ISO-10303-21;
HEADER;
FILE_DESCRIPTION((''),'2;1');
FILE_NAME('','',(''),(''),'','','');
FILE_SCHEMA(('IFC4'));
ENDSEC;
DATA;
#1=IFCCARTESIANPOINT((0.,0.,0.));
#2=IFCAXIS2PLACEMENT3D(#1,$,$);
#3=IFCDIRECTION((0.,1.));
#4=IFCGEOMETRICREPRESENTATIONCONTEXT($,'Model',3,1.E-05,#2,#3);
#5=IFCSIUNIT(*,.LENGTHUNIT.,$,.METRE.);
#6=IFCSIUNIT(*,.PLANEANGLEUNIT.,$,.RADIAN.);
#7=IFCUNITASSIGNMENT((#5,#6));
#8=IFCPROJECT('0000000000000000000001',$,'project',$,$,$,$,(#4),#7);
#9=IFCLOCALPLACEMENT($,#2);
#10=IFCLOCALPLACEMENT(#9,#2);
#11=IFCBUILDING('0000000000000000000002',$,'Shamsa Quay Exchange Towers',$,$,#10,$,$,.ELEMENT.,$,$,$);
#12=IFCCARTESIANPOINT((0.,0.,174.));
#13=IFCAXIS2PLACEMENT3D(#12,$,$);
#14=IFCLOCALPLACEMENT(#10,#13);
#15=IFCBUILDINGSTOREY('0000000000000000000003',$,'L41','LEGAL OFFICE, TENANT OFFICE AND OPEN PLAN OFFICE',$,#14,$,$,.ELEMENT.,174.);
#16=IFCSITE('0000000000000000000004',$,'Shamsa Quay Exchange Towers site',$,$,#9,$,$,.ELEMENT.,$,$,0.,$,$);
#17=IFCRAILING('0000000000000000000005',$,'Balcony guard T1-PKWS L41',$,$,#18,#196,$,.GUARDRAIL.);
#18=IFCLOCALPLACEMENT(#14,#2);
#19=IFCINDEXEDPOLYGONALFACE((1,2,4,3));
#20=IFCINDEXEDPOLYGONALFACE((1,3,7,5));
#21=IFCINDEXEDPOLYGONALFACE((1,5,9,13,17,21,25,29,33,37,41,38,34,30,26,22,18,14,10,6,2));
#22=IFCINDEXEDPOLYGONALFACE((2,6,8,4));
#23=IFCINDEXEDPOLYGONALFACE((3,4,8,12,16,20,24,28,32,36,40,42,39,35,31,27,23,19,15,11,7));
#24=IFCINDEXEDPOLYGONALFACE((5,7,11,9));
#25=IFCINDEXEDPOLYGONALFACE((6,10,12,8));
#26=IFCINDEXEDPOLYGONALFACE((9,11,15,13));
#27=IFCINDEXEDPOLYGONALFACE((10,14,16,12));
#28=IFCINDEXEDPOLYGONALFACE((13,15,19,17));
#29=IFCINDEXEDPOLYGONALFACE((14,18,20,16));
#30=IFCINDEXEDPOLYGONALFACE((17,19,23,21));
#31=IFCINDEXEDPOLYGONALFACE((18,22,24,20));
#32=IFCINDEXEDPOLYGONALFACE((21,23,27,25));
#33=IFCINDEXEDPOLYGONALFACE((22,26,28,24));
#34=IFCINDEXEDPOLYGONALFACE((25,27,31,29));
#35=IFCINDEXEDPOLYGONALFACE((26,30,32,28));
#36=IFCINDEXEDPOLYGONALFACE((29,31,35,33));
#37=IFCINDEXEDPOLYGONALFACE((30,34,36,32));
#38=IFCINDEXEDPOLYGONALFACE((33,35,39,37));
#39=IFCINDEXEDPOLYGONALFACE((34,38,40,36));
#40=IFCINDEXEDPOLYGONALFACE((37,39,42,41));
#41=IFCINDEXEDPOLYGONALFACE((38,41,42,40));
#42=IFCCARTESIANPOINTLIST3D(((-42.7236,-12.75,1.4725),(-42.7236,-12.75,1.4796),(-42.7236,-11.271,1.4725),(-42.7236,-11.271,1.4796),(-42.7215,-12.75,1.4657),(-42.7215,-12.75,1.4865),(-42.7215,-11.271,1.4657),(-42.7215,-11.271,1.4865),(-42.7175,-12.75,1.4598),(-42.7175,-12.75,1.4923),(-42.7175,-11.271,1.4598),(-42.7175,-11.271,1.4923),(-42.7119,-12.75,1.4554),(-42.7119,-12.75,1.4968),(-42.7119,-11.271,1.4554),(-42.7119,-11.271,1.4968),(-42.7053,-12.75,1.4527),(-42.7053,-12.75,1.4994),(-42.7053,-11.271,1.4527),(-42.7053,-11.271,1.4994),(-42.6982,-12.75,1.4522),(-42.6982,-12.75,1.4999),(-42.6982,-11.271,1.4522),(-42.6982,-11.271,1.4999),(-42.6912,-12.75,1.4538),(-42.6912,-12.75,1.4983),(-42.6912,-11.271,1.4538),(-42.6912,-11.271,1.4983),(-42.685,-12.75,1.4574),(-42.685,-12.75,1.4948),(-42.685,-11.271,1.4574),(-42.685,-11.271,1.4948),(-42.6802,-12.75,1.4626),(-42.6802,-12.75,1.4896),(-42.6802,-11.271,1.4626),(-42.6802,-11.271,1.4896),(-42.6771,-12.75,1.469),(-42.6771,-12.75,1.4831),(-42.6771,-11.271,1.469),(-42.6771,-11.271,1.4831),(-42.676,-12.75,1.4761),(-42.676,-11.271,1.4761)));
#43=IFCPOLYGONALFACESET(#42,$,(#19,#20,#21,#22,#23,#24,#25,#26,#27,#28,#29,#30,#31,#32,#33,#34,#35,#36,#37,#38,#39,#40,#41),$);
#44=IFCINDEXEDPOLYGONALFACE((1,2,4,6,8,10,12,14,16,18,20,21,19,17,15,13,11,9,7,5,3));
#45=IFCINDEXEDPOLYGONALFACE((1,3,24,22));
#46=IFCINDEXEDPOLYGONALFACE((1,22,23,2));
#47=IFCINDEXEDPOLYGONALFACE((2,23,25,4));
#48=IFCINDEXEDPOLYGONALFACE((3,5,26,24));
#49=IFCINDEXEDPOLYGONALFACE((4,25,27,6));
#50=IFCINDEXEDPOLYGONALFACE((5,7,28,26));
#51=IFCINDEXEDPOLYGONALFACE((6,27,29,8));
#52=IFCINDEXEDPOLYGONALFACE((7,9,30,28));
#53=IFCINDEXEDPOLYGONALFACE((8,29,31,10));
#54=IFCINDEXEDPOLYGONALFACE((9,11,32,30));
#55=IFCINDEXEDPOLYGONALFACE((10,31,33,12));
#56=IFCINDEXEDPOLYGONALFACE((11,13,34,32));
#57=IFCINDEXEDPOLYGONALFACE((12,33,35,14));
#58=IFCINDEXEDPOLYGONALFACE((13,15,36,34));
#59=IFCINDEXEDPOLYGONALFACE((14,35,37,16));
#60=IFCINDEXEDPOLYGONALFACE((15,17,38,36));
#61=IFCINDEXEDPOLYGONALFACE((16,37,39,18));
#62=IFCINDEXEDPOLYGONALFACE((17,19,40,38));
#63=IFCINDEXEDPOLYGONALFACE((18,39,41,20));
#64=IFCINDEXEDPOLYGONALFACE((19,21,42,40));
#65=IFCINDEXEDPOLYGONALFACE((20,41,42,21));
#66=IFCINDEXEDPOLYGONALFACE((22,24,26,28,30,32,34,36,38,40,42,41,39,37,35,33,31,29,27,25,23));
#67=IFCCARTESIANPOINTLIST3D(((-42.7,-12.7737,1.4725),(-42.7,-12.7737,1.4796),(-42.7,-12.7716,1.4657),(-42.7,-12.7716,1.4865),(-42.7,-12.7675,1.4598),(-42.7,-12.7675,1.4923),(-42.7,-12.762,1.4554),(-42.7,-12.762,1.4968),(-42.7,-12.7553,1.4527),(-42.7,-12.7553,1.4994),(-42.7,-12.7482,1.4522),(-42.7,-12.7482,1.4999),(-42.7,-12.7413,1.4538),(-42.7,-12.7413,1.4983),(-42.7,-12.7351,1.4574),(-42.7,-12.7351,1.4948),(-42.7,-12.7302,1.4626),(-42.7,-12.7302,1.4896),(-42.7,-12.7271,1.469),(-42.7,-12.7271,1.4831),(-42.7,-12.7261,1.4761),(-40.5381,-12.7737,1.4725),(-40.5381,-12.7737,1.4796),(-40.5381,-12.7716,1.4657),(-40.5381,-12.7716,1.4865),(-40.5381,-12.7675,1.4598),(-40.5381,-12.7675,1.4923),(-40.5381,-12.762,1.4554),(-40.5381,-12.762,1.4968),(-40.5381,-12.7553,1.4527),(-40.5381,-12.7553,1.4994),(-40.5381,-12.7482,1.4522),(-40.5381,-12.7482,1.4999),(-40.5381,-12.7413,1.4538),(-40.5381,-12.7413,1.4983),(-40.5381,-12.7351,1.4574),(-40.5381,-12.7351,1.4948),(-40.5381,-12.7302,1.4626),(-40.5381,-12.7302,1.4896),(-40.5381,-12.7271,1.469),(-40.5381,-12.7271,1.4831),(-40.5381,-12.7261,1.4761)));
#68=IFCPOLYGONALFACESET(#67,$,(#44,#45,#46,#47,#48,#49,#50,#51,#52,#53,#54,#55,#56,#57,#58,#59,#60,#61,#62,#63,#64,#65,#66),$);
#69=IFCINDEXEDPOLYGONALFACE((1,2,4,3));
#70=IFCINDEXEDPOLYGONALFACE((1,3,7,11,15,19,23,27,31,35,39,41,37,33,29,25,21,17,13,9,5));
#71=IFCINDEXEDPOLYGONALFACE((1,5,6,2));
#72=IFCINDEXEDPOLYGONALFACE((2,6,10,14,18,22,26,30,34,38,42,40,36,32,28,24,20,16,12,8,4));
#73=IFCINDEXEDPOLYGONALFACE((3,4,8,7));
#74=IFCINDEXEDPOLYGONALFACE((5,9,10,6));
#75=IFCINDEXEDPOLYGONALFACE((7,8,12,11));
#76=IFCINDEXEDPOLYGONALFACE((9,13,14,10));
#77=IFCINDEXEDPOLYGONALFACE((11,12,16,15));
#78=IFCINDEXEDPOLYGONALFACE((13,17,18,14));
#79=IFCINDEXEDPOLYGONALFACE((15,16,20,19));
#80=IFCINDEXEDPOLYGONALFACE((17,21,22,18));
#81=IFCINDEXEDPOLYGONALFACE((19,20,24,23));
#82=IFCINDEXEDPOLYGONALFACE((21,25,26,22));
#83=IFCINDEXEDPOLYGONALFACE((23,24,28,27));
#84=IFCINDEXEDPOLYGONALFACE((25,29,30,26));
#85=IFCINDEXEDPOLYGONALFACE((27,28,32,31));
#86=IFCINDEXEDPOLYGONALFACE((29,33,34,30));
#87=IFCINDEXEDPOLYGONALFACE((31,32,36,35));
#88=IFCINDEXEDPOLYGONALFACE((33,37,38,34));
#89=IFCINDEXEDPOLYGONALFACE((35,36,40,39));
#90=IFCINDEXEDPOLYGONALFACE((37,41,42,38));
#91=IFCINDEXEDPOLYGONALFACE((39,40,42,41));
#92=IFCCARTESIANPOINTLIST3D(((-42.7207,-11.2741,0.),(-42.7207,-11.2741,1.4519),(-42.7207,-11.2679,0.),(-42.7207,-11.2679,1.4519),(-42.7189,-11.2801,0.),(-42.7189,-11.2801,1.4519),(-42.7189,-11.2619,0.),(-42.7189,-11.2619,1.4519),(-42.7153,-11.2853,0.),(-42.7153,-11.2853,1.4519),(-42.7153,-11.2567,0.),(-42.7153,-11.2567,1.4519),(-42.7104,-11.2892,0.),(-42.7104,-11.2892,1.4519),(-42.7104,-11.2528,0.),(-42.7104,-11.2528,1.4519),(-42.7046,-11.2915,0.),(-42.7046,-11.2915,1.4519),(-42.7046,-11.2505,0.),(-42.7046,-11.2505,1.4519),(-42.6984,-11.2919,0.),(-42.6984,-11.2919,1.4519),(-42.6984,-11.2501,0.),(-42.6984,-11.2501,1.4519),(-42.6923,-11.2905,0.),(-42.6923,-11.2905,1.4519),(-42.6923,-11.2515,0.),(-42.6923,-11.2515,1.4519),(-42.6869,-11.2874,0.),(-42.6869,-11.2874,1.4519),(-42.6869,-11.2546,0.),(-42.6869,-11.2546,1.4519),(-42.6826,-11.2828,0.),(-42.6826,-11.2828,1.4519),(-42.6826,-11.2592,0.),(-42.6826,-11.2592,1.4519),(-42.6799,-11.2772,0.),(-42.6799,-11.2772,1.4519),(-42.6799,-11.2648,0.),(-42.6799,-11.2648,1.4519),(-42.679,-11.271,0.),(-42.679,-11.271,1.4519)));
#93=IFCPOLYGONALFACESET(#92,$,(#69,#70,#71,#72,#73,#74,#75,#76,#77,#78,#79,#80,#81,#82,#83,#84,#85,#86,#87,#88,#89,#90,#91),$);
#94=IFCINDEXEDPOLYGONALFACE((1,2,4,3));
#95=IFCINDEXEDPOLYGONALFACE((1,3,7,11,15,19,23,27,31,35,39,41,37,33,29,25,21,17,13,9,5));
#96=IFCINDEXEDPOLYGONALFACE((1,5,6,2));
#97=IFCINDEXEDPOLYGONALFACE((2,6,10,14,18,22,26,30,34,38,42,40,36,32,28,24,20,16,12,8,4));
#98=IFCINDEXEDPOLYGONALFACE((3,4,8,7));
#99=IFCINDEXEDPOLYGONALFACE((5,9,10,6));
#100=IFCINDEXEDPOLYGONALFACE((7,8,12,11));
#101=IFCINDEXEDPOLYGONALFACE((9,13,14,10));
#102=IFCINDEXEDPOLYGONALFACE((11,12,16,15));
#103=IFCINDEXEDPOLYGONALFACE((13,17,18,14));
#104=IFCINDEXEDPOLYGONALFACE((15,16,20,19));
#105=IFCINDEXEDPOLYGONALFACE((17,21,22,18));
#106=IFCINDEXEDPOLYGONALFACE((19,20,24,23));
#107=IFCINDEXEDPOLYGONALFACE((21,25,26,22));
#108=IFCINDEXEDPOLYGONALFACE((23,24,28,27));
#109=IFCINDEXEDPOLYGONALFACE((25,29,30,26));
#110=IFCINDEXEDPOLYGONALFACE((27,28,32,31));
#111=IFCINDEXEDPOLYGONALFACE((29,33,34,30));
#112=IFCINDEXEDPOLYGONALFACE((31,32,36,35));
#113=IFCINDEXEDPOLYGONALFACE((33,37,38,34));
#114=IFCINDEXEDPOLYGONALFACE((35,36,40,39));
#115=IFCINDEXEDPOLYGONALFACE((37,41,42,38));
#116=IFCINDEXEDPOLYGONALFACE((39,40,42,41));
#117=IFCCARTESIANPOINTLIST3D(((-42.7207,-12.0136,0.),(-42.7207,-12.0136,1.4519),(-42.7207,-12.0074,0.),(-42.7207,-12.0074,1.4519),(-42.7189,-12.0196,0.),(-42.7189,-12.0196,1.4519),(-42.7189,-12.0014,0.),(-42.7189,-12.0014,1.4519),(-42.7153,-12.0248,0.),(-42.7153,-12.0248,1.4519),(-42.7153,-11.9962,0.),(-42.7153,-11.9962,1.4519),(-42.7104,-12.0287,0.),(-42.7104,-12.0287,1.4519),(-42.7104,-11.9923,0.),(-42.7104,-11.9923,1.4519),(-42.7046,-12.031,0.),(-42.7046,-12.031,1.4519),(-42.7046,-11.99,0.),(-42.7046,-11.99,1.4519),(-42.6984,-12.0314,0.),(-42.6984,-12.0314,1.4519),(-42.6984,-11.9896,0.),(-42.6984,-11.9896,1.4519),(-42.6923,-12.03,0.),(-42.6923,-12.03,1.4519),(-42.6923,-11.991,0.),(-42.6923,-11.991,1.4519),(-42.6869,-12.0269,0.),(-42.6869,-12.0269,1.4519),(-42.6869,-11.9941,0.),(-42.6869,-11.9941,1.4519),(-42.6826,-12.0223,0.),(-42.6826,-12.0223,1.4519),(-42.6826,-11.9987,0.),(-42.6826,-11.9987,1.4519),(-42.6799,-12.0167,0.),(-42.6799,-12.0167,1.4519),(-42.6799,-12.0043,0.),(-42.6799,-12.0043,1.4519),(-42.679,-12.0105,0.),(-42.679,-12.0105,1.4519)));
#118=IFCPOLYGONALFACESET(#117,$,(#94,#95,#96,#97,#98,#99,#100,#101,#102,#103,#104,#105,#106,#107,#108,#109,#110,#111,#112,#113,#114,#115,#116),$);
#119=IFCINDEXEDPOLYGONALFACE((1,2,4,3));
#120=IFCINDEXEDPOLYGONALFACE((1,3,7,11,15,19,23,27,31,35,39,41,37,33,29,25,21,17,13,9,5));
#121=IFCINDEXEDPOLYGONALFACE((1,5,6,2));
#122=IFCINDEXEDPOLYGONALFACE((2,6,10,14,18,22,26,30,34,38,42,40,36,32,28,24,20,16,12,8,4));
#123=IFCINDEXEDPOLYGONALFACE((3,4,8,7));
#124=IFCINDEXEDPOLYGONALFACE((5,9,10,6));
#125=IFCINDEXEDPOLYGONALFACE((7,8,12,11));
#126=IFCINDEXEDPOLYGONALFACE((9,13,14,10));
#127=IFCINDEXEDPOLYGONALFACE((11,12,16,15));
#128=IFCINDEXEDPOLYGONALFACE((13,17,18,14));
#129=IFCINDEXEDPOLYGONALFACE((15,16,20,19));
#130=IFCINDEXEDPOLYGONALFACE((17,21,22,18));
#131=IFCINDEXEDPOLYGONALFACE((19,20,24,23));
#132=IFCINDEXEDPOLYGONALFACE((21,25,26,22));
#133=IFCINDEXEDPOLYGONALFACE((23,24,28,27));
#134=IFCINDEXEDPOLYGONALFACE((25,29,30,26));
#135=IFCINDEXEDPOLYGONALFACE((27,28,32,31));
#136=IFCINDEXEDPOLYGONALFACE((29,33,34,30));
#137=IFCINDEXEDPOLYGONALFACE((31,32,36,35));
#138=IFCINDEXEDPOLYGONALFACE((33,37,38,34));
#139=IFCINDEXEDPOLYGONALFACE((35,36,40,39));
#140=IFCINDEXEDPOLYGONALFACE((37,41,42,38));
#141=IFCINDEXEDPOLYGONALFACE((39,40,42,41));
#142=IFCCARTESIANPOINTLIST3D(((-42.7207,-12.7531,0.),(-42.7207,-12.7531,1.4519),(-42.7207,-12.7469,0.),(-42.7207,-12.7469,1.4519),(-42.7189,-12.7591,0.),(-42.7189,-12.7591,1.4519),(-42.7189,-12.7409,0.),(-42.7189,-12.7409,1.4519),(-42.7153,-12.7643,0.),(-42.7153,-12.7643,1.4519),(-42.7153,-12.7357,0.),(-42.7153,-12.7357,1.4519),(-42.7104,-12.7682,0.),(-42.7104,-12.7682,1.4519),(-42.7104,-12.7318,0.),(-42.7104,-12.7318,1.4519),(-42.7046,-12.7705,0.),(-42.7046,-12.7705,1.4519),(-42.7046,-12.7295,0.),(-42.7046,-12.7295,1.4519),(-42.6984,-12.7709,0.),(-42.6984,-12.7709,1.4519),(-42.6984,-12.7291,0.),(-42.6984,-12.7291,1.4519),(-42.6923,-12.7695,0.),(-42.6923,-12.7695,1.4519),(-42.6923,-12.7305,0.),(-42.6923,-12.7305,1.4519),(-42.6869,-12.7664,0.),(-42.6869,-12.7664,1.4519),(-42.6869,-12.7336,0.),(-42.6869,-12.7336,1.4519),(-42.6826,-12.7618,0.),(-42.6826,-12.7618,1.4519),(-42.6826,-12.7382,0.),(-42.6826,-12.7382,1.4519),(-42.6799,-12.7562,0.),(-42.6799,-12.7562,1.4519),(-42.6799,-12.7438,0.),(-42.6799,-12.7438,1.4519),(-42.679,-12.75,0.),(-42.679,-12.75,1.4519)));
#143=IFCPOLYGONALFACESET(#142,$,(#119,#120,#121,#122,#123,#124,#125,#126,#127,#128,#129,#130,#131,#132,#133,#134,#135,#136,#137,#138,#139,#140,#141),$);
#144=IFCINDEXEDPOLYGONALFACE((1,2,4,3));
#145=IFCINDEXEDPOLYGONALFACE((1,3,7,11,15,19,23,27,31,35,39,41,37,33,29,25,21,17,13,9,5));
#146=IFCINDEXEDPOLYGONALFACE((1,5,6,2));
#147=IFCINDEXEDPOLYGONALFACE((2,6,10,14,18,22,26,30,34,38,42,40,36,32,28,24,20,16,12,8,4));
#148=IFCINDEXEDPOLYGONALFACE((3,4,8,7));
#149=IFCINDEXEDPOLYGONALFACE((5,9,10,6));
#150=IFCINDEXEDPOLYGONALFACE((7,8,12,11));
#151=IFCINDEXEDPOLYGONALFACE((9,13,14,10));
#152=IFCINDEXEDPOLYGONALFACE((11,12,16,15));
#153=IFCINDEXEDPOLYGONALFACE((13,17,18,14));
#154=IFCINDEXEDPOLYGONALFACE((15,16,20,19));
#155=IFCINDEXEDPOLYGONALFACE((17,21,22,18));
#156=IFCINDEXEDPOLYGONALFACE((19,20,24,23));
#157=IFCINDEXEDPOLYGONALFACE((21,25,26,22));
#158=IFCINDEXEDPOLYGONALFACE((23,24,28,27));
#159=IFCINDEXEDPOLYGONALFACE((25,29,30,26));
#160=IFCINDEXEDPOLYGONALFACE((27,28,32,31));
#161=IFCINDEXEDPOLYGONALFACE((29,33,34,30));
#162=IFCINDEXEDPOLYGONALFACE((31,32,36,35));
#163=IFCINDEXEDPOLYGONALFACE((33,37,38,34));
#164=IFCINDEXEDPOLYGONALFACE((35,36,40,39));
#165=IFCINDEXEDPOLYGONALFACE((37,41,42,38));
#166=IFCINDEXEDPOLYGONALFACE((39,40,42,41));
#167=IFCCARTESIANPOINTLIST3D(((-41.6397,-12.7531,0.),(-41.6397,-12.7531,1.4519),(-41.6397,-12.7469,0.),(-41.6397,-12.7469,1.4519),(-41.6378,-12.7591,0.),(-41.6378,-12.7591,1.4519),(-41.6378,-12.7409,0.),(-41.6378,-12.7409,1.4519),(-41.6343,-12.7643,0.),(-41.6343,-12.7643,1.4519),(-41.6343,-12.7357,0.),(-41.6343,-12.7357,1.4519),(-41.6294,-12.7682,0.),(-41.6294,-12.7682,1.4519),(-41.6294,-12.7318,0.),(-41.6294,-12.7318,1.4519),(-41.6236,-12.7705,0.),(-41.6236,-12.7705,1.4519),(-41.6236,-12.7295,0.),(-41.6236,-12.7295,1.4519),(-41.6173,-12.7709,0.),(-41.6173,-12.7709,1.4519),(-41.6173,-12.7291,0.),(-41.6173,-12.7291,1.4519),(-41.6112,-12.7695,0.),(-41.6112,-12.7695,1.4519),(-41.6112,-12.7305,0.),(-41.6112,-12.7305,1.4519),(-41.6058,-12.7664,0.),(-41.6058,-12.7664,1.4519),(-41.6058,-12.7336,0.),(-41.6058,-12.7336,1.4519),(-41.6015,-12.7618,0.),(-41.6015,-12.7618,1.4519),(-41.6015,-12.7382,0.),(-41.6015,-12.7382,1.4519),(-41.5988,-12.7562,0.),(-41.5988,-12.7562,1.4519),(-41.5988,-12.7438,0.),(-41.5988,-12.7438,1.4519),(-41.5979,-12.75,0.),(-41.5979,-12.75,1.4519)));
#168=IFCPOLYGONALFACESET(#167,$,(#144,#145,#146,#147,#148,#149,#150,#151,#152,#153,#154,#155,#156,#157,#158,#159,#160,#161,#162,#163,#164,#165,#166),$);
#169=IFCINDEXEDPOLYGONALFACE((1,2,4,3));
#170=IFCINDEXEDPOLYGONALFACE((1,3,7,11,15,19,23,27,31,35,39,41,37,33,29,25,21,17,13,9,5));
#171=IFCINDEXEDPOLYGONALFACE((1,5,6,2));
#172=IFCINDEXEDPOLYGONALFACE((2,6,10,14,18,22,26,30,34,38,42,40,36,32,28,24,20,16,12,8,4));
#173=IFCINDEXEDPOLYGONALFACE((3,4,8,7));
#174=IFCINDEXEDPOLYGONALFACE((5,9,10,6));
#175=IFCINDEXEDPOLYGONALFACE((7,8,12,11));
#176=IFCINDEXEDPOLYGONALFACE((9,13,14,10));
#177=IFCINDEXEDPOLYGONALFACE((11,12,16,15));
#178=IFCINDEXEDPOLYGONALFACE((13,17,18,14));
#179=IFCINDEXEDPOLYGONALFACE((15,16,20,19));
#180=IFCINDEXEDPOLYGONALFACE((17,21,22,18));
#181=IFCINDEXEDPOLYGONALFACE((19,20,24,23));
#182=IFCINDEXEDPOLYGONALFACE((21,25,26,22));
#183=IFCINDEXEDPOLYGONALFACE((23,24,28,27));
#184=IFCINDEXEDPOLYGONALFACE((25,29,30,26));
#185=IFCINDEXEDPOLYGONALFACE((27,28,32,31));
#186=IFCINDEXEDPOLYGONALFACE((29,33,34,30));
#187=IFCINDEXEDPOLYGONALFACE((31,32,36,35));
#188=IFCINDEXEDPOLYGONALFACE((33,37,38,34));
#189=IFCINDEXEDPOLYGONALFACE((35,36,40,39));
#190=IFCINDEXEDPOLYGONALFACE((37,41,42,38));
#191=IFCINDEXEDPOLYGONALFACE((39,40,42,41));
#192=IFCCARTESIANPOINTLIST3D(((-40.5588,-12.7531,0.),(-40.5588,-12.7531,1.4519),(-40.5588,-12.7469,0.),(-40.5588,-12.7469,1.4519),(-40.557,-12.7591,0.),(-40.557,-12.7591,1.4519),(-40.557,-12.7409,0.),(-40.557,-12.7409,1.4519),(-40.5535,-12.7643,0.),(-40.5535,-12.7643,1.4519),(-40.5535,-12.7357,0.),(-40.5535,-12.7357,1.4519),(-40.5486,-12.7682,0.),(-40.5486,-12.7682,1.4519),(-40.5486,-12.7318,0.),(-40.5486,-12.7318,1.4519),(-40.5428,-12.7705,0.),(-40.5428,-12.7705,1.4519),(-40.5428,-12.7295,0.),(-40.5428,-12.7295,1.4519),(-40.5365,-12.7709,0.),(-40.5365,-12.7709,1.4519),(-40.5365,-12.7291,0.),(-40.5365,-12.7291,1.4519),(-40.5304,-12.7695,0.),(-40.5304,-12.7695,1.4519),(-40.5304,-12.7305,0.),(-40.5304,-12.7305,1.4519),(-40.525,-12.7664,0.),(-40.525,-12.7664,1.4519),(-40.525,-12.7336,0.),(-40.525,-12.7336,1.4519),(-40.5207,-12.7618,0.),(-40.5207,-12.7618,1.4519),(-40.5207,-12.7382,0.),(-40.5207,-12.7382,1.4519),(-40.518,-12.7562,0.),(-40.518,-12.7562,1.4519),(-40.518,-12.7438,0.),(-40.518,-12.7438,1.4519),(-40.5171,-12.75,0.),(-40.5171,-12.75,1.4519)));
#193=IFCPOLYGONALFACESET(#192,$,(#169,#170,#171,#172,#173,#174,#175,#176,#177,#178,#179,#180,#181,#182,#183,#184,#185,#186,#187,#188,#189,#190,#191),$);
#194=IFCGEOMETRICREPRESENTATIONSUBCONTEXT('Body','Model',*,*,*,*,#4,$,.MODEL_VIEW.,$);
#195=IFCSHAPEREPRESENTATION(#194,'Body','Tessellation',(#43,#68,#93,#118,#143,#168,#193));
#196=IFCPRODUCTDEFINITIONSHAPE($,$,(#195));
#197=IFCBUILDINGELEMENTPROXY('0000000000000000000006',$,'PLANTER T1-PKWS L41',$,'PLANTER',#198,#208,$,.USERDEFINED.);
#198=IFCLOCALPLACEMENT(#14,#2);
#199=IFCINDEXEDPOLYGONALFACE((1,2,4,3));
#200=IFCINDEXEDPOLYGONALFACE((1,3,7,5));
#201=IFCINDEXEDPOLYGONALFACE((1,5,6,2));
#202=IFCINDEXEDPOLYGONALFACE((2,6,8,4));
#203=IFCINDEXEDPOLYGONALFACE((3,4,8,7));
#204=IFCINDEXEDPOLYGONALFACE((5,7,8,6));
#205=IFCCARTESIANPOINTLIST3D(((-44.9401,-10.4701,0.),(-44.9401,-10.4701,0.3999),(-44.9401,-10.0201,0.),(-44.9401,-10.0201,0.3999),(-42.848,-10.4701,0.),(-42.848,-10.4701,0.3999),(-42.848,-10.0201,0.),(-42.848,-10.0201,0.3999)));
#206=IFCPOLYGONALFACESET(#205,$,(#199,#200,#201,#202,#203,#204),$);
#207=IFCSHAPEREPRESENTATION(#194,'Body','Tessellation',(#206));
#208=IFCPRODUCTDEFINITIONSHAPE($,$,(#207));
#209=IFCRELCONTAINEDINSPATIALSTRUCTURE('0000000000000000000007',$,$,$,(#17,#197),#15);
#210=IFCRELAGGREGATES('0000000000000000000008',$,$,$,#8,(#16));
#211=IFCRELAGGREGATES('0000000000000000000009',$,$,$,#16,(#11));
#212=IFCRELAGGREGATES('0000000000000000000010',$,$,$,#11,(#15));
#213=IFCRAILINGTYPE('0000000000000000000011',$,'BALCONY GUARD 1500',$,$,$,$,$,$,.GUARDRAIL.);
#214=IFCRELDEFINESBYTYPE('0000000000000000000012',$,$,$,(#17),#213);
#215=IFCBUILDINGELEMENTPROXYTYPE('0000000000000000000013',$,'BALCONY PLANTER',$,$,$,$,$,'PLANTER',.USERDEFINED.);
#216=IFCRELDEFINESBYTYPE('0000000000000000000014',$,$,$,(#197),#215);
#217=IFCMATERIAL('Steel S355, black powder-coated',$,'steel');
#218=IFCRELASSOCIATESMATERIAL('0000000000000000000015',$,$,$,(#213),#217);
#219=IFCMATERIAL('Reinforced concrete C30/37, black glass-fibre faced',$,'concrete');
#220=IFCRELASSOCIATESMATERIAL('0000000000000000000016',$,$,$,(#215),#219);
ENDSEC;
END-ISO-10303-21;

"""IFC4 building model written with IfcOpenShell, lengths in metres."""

from ifc_helpers import new_model, si_unit, direction, frame, origin, origin_2d, place, context, subcontext, project, spatial, rectangle, circle, extrude, material, type_object, element, save


model = new_model("IFC4")

# Units and contexts
model_context = context("Model", 3, precision=1e-05, world=origin(), true_north=direction((0.0, 1.0)))
body_context = subcontext(model_context, "Body", "Model", "MODEL_VIEW")
ifc_project = project(units=[si_unit("LENGTHUNIT", "METRE"), si_unit("PLANEANGLEUNIT", "RADIAN")], contexts=[model_context])

# Site, building, storey
site_placement = place(None, origin())
site = spatial("IfcSite", under=ifc_project, at=site_placement, Name="Shamsa Quay Exchange Towers site", CompositionType="ELEMENT", RefElevation=0.0)
building_placement = place(site_placement, origin())
building = spatial("IfcBuilding", under=site, at=building_placement, Name="Shamsa Quay Exchange Towers", CompositionType="ELEMENT")
storey_placement = place(building_placement, frame((0.0, 0.0, 174.0)))
storey = spatial("IfcBuildingStorey", under=building, at=storey_placement, Name="L41", Description="LEGAL OFFICE, TENANT OFFICE AND OPEN PLAN OFFICE", CompositionType="ELEMENT", Elevation=174.0)

# Railing
ifc_material_1 = material(Name="Steel S355, black powder-coated", Category="steel")
railing_type_1 = type_object("IfcRailingType", Name="BALCONY GUARD 1500", PredefinedType="GUARDRAIL", material=ifc_material_1)
for number, where, name in (
    (1, (-42.7, -11.271, 0.0), "Balcony guard T1-PKWS L41"),
):
    element("IfcRailing", number, at=place(storey_placement, frame(where)), inside=storey, type_object=railing_type_1, Name=name, PredefinedType="GUARDRAIL", context=body_context, shape_type="SweptSolid", body=[
        extrude(circle(Radius=0.0239, at=origin_2d()), frame((0.0, 0.0, 1.4761), z_axis=(0.0, -1.0, 0.0), x_axis=(1.0, 0.0, 0.0)), (0.0, 0.0, 1.0), 1.479),
        extrude(circle(Radius=0.0239, at=origin_2d()), frame((0.0, -1.479, 1.4761), z_axis=(1.0, 0.0, 0.0), x_axis=(0.0, 1.0, 0.0)), (0.0, 0.0, 1.0), 2.1619),
        extrude(circle(Radius=0.021, at=origin_2d()), origin(), (0.0, 0.0, 1.0), 1.4519),
        extrude(circle(Radius=0.021, at=origin_2d()), frame((0.0, -0.7395, 0.0)), (0.0, 0.0, 1.0), 1.4519),
        extrude(circle(Radius=0.021, at=origin_2d()), frame((0.0, -1.479, 0.0)), (0.0, 0.0, 1.0), 1.4519),
        extrude(circle(Radius=0.021, at=origin_2d()), frame((1.0811, -1.479, 0.0)), (0.0, 0.0, 1.0), 1.4519),
        extrude(circle(Radius=0.021, at=origin_2d()), frame((2.1619, -1.479, 0.0)), (0.0, 0.0, 1.0), 1.4519),
    ])

# Building element proxy
ifc_material_2 = material(Name="Reinforced concrete C30/37, black glass-fibre faced", Category="concrete")
building_element_proxy_type = type_object("IfcBuildingElementProxyType", Name="BALCONY PLANTER", ElementType="PLANTER", PredefinedType="USERDEFINED", material=ifc_material_2)
proxy_placement = place(storey_placement, frame((-43.894, -10.2451, 0.0)))
element("IfcBuildingElementProxy", 2, at=proxy_placement, inside=storey, type_object=building_element_proxy_type, Name="PLANTER T1-PKWS L41", ObjectType="PLANTER", PredefinedType="USERDEFINED", context=body_context, shape_type="SweptSolid", body=[
    extrude(rectangle(XDim=2.092, YDim=0.45, at=origin_2d()), origin(), (0.0, 0.0, 1.0), 0.3999),
])

save(model, "model.ifc")
